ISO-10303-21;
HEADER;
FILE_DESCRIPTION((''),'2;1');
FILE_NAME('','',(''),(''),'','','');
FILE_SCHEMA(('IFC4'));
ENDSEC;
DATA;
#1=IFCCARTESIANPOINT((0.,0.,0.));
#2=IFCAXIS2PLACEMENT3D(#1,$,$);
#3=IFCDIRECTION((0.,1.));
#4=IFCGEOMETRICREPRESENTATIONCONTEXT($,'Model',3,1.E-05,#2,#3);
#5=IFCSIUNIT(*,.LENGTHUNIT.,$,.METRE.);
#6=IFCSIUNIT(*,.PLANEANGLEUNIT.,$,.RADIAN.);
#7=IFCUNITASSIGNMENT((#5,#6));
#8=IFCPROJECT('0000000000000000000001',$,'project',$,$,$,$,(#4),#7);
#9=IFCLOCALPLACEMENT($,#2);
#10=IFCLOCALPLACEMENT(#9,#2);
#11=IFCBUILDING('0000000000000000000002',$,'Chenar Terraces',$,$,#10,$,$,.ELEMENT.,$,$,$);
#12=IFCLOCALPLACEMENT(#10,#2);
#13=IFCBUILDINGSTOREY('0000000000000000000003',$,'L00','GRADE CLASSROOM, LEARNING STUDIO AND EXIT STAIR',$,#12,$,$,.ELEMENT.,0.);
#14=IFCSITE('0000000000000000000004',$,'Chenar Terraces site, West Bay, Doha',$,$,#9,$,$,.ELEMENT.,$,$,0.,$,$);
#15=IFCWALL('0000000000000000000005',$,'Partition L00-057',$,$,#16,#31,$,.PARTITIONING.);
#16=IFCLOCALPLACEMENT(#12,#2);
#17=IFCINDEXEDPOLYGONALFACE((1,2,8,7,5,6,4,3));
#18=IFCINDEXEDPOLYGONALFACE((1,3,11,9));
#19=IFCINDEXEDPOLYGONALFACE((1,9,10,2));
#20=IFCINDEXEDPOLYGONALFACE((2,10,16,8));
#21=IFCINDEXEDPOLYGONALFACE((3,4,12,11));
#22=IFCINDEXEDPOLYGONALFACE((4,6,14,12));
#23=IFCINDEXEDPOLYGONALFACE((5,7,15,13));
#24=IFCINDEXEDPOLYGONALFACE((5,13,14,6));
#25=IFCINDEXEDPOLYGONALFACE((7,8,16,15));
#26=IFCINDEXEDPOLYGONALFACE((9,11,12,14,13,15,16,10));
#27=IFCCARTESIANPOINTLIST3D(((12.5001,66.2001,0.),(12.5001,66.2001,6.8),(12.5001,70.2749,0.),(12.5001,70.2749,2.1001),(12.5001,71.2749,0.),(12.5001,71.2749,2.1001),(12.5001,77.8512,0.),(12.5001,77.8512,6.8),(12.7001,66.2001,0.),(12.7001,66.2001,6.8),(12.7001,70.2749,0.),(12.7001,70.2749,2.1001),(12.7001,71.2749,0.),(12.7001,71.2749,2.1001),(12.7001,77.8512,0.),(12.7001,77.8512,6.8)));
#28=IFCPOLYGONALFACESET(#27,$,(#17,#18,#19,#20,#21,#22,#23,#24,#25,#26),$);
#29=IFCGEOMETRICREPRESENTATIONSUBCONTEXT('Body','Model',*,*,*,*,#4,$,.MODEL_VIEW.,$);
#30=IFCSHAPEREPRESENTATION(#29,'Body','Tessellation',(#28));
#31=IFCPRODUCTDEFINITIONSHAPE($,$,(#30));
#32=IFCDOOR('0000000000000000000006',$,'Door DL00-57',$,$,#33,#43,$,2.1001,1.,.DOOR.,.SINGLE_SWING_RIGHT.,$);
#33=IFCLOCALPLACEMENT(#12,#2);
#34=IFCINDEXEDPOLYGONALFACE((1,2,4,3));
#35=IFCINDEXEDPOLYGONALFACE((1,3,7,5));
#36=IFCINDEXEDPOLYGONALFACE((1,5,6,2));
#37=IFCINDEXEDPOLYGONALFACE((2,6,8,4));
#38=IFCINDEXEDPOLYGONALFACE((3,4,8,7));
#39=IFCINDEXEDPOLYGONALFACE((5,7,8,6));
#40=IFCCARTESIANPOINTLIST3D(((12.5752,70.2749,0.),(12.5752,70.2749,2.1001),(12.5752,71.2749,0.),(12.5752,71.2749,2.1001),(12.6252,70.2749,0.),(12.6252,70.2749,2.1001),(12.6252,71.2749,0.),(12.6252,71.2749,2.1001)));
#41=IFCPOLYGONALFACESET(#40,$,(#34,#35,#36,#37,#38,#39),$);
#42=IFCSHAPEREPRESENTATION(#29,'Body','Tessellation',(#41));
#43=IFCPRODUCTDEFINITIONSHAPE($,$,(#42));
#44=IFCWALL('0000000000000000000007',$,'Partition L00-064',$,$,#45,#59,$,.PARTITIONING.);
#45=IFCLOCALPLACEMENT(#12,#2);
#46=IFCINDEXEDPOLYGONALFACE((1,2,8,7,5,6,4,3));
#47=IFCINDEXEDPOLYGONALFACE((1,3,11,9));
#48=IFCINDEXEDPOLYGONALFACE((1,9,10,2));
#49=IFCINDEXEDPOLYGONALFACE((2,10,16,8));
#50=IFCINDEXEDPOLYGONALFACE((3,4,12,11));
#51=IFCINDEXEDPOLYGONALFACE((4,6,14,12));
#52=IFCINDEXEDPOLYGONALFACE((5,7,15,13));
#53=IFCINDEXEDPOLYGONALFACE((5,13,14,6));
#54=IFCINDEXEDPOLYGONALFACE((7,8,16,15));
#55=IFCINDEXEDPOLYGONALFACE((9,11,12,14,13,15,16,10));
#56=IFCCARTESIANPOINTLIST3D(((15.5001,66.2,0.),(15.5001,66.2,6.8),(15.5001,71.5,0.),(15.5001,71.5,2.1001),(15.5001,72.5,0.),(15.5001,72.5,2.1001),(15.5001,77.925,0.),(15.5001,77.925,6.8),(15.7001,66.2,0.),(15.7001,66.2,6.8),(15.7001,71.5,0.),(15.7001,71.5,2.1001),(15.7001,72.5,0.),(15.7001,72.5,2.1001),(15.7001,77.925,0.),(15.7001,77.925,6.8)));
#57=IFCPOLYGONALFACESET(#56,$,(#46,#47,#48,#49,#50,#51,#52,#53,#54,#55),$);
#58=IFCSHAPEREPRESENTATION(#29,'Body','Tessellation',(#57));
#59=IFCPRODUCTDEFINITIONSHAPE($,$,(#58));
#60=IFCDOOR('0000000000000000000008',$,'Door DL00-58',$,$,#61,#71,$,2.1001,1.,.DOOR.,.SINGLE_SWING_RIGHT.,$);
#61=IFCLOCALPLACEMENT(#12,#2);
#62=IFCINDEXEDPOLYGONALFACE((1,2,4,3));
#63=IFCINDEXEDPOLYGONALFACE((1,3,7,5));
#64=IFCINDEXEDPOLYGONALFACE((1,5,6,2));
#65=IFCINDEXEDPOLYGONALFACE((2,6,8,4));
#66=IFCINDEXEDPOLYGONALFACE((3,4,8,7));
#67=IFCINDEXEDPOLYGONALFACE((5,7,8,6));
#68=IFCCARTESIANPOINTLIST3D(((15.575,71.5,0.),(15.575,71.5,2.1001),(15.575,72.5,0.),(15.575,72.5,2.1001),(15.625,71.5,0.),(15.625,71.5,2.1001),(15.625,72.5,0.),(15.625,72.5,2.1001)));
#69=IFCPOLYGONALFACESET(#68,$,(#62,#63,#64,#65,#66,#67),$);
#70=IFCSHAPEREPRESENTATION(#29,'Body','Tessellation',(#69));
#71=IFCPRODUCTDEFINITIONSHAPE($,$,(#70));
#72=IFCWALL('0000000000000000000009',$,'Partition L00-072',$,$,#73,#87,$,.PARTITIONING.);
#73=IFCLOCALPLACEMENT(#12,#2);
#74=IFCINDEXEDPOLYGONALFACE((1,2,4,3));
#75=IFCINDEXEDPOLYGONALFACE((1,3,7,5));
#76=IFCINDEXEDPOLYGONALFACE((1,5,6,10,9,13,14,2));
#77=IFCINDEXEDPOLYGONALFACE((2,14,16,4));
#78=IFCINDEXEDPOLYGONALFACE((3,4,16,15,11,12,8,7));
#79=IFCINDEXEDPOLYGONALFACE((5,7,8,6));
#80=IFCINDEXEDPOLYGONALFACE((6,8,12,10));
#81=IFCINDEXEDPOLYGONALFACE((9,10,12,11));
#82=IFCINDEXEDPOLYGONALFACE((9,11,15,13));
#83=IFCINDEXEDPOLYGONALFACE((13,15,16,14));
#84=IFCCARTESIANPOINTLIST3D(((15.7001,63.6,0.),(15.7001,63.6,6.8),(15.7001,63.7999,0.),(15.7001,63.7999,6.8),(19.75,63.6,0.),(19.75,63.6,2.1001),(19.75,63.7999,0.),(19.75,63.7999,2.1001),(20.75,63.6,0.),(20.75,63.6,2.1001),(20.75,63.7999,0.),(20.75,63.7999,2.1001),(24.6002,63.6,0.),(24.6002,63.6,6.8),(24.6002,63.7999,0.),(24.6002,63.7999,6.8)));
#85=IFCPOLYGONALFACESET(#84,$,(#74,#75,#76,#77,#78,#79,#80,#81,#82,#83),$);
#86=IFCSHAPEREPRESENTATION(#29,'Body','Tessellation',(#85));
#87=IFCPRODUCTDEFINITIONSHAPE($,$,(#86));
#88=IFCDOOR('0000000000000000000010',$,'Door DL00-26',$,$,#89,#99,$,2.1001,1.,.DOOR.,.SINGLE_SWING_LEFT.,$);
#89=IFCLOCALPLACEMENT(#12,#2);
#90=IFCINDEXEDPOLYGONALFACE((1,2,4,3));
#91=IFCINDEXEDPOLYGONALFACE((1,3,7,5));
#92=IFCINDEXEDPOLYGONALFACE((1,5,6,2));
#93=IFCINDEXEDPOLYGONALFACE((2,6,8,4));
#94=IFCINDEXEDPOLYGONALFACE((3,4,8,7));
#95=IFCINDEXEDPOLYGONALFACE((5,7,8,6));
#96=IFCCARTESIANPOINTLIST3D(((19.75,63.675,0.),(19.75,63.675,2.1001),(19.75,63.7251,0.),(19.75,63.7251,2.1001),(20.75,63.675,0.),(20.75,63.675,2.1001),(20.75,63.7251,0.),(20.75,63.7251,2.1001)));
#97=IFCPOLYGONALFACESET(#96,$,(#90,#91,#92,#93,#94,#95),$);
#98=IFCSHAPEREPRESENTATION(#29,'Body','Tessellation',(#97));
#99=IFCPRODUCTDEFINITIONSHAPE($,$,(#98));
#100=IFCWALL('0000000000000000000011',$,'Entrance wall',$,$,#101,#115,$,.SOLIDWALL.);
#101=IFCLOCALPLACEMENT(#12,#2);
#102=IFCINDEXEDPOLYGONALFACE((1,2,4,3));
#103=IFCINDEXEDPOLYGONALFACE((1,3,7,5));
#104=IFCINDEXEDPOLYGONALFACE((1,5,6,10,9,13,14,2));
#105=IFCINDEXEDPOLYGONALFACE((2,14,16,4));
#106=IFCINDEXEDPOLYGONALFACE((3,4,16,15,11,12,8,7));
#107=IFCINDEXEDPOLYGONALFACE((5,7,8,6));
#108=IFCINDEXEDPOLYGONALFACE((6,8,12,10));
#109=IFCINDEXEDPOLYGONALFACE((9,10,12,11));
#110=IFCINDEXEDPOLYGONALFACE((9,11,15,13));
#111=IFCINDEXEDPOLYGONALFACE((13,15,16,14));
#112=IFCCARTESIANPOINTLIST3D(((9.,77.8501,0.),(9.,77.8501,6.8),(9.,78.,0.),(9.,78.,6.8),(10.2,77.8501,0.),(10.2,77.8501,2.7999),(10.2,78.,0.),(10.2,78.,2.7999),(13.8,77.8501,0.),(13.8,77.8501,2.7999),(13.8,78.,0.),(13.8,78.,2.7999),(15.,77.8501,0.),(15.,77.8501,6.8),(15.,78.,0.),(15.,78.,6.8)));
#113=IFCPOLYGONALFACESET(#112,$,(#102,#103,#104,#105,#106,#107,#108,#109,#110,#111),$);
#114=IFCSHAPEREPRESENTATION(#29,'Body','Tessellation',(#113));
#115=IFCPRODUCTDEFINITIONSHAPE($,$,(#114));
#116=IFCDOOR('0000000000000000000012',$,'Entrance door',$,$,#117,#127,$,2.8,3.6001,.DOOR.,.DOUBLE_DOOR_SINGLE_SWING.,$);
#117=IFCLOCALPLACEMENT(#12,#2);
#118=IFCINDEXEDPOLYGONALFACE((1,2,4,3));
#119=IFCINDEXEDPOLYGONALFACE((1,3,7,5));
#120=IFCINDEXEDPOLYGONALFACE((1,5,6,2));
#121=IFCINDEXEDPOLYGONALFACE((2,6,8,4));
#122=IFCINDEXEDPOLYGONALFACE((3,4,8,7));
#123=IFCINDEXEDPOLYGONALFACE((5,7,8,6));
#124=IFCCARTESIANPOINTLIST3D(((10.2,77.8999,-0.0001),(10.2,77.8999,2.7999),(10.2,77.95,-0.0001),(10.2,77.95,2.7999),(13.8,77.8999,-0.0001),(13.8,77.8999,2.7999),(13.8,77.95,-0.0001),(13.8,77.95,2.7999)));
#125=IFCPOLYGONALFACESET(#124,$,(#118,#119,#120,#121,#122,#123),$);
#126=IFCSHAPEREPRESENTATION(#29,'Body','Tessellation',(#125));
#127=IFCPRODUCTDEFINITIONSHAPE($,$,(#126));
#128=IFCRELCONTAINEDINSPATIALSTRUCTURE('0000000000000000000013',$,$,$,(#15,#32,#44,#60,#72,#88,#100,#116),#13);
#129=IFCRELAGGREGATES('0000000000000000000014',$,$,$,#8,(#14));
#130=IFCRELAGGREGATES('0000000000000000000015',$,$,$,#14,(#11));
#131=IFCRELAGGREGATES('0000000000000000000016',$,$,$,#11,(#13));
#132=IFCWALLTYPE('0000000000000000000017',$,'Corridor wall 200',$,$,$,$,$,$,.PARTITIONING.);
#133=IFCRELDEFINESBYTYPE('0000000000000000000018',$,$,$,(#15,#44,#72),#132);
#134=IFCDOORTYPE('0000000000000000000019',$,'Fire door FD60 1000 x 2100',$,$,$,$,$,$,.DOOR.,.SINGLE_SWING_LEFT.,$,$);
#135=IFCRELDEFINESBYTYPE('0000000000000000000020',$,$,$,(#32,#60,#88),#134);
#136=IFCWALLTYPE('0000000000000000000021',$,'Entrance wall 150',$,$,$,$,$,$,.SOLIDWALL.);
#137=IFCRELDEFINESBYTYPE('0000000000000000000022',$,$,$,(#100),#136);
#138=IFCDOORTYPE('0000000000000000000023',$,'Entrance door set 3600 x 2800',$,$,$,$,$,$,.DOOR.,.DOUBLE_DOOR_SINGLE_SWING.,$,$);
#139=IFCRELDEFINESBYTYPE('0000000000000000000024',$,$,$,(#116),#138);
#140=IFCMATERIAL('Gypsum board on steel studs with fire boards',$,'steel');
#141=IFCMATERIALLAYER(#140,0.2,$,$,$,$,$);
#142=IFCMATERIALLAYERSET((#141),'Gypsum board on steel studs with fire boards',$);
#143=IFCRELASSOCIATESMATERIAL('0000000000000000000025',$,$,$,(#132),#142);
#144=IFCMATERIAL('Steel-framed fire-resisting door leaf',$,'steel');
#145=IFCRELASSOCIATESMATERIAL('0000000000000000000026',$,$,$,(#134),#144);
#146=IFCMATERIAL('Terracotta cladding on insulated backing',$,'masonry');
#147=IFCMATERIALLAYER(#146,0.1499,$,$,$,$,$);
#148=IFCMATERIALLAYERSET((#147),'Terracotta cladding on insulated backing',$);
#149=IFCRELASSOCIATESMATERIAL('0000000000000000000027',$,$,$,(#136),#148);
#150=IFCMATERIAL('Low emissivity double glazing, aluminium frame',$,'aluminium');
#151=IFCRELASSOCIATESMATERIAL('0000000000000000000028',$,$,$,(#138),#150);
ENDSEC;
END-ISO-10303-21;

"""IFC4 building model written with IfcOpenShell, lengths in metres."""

from ifc_helpers import new_model, si_unit, direction, frame, frame_2d, origin, place, context, subcontext, project, spatial, rectangle, extrude, material, layer, layer_set, type_object, element, fill, save


model = new_model("IFC4")

# Units and contexts
model_context = context("Model", 3, precision=1e-05, world=origin(), true_north=direction((0.0, 1.0)))
body_context = subcontext(model_context, "Body", "Model", "MODEL_VIEW")
ifc_project = project(units=[si_unit("LENGTHUNIT", "METRE"), si_unit("PLANEANGLEUNIT", "RADIAN")], contexts=[model_context])

# Site, building, storey
site_placement = place(None, origin())
site = spatial("IfcSite", under=ifc_project, at=site_placement, Name="Chenar Terraces site, West Bay, Doha", CompositionType="ELEMENT", RefElevation=0.0)
building_placement = place(site_placement, origin())
building = spatial("IfcBuilding", under=site, at=building_placement, Name="Chenar Terraces", CompositionType="ELEMENT")
storey_placement = place(building_placement, origin())
storey = spatial("IfcBuildingStorey", under=building, at=storey_placement, Name="L00", Description="GRADE CLASSROOM, LEARNING STUDIO AND EXIT STAIR", CompositionType="ELEMENT", Elevation=0.0)

# Walls, openings, doors
ifc_material_1 = material(Name="Gypsum board on steel studs with fire boards", Category="steel")
ifc_layer_1 = layer(ifc_material_1, 0.2)
ifc_layer_set_1 = layer_set([ifc_layer_1], Name="Gypsum board on steel studs with fire boards")
wall_type_1 = type_object("IfcWallType", Name="Corridor wall 200", PredefinedType="PARTITIONING", material=ifc_layer_set_1)
ifc_material_2 = material(Name="Steel-framed fire-resisting door leaf", Category="steel")
door_type_1 = type_object("IfcDoorType", Name="Fire door FD60 1000 x 2100", OperationType="SINGLE_SWING_LEFT", PredefinedType="DOOR", material=ifc_material_2)
wall_1_placement = place(storey_placement, frame((12.6001, 66.2, 0.0), z_axis=(0.0, 0.0, 1.0), x_axis=(0.0, 1.0, 0.0)))
wall_1 = element("IfcWall", 1, at=wall_1_placement, inside=storey, type_object=wall_type_1, Name="Partition L00-057", PredefinedType="PARTITIONING", context=body_context, shape_type="SweptSolid", body=[
    extrude(rectangle(XDim=11.6511, YDim=0.2, at=frame_2d((5.8257, 0.0))), origin(), (0.0, 0.0, 1.0), 6.8),
])
opening_1_placement = place(wall_1_placement, frame((4.075, 0.0, 0.0)))
opening_1 = element("IfcOpeningElement", 2, at=opening_1_placement, cuts=wall_1, PredefinedType="OPENING", context=body_context, shape_type="SweptSolid", body=[
    extrude(rectangle(XDim=1.0, YDim=2.1001, at=frame_2d((0.5, 1.05))), frame((0.0, 0.1099, 0.0), z_axis=(0.0, -1.0, 0.0), x_axis=(1.0, 0.0, 0.0)), (0.0, 0.0, 1.0), 0.22),
])
door_1_placement = place(opening_1_placement, origin())
door_1 = element("IfcDoor", 3, at=door_1_placement, inside=storey, type_object=door_type_1, Name="Door DL00-57", OperationType="SINGLE_SWING_RIGHT", OverallHeight=2.1001, OverallWidth=1.0, PredefinedType="DOOR", context=body_context, shape_type="SweptSolid", body=[
    extrude(rectangle(XDim=1.0, YDim=2.1001, at=frame_2d((0.5, 1.05))), frame((0.0, 0.0249, 0.0), z_axis=(0.0, -1.0, 0.0), x_axis=(1.0, 0.0, 0.0)), (0.0, 0.0, 1.0), 0.05),
])
fill(opening_1, door_1)
wall_2_placement = place(storey_placement, frame((15.6001, 66.2, 0.0), z_axis=(0.0, 0.0, 1.0), x_axis=(0.0, 1.0, 0.0)))
wall_2 = element("IfcWall", 4, at=wall_2_placement, inside=storey, type_object=wall_type_1, Name="Partition L00-064", PredefinedType="PARTITIONING", context=body_context, shape_type="SweptSolid", body=[
    extrude(rectangle(XDim=11.7251, YDim=0.2, at=frame_2d((5.8625, 0.0))), origin(), (0.0, 0.0, 1.0), 6.8),
])
opening_2_placement = place(wall_2_placement, frame((5.3, 0.0, 0.0)))
opening_2 = element("IfcOpeningElement", 5, at=opening_2_placement, cuts=wall_2, PredefinedType="OPENING", context=body_context, shape_type="SweptSolid", body=[
    extrude(rectangle(XDim=1.0, YDim=2.1001, at=frame_2d((0.5, 1.05))), frame((0.0, 0.1099, 0.0), z_axis=(0.0, -1.0, 0.0), x_axis=(1.0, 0.0, 0.0)), (0.0, 0.0, 1.0), 0.22),
])
door_2_placement = place(opening_2_placement, frame((1.0, 0.0, 0.0), z_axis=(0.0, 0.0, 1.0), x_axis=(-1.0, 0.0, 0.0)))
door_2 = element("IfcDoor", 6, at=door_2_placement, inside=storey, type_object=door_type_1, Name="Door DL00-58", OperationType="SINGLE_SWING_RIGHT", OverallHeight=2.1001, OverallWidth=1.0, PredefinedType="DOOR", context=body_context, shape_type="SweptSolid", body=[
    extrude(rectangle(XDim=1.0, YDim=2.1001, at=frame_2d((0.5, 1.05))), frame((0.0, 0.0249, 0.0), z_axis=(0.0, -1.0, 0.0), x_axis=(1.0, 0.0, 0.0)), (0.0, 0.0, 1.0), 0.05),
])
fill(opening_2, door_2)
wall_3_placement = place(storey_placement, frame((15.7, 63.7, 0.0), z_axis=(0.0, 0.0, 1.0), x_axis=(1.0, 0.0, 0.0)))
wall_3 = element("IfcWall", 7, at=wall_3_placement, inside=storey, type_object=wall_type_1, Name="Partition L00-072", PredefinedType="PARTITIONING", context=body_context, shape_type="SweptSolid", body=[
    extrude(rectangle(XDim=8.9001, YDim=0.2, at=frame_2d((4.4502, 0.0))), origin(), (0.0, 0.0, 1.0), 6.8),
])
opening_3_placement = place(wall_3_placement, frame((4.05, 0.0, 0.0)))
opening_3 = element("IfcOpeningElement", 8, at=opening_3_placement, cuts=wall_3, PredefinedType="OPENING", context=body_context, shape_type="SweptSolid", body=[
    extrude(rectangle(XDim=1.0, YDim=2.1001, at=frame_2d((0.5, 1.05))), frame((0.0, 0.1099, 0.0), z_axis=(0.0, -1.0, 0.0), x_axis=(1.0, 0.0, 0.0)), (0.0, 0.0, 1.0), 0.22),
])
door_3_placement = place(opening_3_placement, frame((1.0, 0.0, 0.0), z_axis=(0.0, 0.0, 1.0), x_axis=(-1.0, 0.0, 0.0)))
door_3 = element("IfcDoor", 9, at=door_3_placement, inside=storey, type_object=door_type_1, Name="Door DL00-26", OperationType="SINGLE_SWING_LEFT", OverallHeight=2.1001, OverallWidth=1.0, PredefinedType="DOOR", context=body_context, shape_type="SweptSolid", body=[
    extrude(rectangle(XDim=1.0, YDim=2.1001, at=frame_2d((0.5, 1.05))), frame((0.0, 0.0249, 0.0), z_axis=(0.0, -1.0, 0.0), x_axis=(1.0, 0.0, 0.0)), (0.0, 0.0, 1.0), 0.05),
])
fill(opening_3, door_3)
ifc_material_3 = material(Name="Terracotta cladding on insulated backing", Category="masonry")
ifc_layer_2 = layer(ifc_material_3, 0.1499)
ifc_layer_set_2 = layer_set([ifc_layer_2], Name="Terracotta cladding on insulated backing")
wall_type_2 = type_object("IfcWallType", Name="Entrance wall 150", PredefinedType="SOLIDWALL", material=ifc_layer_set_2)
wall_4_placement = place(storey_placement, frame((15.0, 77.925, 0.0), z_axis=(0.0, 0.0, 1.0), x_axis=(-1.0, 0.0, 0.0)))
wall_4 = element("IfcWall", 10, at=wall_4_placement, inside=storey, type_object=wall_type_2, Name="Entrance wall", PredefinedType="SOLIDWALL", context=body_context, shape_type="SweptSolid", body=[
    extrude(rectangle(XDim=6.0, YDim=0.1499, at=frame_2d((3.0, 0.0))), origin(), (0.0, 0.0, 1.0), 6.8),
])
opening_4_placement = place(wall_4_placement, frame((1.2, 0.0, 0.0)))
opening_4 = element("IfcOpeningElement", 11, at=opening_4_placement, cuts=wall_4, PredefinedType="OPENING", context=body_context, shape_type="SweptSolid", body=[
    extrude(rectangle(XDim=3.6001, YDim=2.8, at=frame_2d((1.8, 1.3999))), frame((0.0, 0.085, 0.0), z_axis=(0.0, -1.0, 0.0), x_axis=(1.0, 0.0, 0.0)), (0.0, 0.0, 1.0), 0.1699),
])
ifc_material_4 = material(Name="Low emissivity double glazing, aluminium frame", Category="aluminium")
door_type_2 = type_object("IfcDoorType", Name="Entrance door set 3600 x 2800", OperationType="DOUBLE_DOOR_SINGLE_SWING", PredefinedType="DOOR", material=ifc_material_4)
door_4_placement = place(opening_4_placement, frame((3.6001, 0.0, 0.0), z_axis=(0.0, 0.0, 1.0), x_axis=(-1.0, 0.0, 0.0)))
door_4 = element("IfcDoor", 12, at=door_4_placement, inside=storey, type_object=door_type_2, Name="Entrance door", OperationType="DOUBLE_DOOR_SINGLE_SWING", OverallHeight=2.8, OverallWidth=3.6001, PredefinedType="DOOR", context=body_context, shape_type="SweptSolid", body=[
    extrude(rectangle(XDim=3.6001, YDim=2.8, at=frame_2d((1.8, 1.3999))), frame((0.0, 0.0249, 0.0), z_axis=(0.0, -1.0, 0.0), x_axis=(1.0, 0.0, 0.0)), (0.0, 0.0, 1.0), 0.05),
])
fill(opening_4, door_4)

save(model, "model.ifc")
